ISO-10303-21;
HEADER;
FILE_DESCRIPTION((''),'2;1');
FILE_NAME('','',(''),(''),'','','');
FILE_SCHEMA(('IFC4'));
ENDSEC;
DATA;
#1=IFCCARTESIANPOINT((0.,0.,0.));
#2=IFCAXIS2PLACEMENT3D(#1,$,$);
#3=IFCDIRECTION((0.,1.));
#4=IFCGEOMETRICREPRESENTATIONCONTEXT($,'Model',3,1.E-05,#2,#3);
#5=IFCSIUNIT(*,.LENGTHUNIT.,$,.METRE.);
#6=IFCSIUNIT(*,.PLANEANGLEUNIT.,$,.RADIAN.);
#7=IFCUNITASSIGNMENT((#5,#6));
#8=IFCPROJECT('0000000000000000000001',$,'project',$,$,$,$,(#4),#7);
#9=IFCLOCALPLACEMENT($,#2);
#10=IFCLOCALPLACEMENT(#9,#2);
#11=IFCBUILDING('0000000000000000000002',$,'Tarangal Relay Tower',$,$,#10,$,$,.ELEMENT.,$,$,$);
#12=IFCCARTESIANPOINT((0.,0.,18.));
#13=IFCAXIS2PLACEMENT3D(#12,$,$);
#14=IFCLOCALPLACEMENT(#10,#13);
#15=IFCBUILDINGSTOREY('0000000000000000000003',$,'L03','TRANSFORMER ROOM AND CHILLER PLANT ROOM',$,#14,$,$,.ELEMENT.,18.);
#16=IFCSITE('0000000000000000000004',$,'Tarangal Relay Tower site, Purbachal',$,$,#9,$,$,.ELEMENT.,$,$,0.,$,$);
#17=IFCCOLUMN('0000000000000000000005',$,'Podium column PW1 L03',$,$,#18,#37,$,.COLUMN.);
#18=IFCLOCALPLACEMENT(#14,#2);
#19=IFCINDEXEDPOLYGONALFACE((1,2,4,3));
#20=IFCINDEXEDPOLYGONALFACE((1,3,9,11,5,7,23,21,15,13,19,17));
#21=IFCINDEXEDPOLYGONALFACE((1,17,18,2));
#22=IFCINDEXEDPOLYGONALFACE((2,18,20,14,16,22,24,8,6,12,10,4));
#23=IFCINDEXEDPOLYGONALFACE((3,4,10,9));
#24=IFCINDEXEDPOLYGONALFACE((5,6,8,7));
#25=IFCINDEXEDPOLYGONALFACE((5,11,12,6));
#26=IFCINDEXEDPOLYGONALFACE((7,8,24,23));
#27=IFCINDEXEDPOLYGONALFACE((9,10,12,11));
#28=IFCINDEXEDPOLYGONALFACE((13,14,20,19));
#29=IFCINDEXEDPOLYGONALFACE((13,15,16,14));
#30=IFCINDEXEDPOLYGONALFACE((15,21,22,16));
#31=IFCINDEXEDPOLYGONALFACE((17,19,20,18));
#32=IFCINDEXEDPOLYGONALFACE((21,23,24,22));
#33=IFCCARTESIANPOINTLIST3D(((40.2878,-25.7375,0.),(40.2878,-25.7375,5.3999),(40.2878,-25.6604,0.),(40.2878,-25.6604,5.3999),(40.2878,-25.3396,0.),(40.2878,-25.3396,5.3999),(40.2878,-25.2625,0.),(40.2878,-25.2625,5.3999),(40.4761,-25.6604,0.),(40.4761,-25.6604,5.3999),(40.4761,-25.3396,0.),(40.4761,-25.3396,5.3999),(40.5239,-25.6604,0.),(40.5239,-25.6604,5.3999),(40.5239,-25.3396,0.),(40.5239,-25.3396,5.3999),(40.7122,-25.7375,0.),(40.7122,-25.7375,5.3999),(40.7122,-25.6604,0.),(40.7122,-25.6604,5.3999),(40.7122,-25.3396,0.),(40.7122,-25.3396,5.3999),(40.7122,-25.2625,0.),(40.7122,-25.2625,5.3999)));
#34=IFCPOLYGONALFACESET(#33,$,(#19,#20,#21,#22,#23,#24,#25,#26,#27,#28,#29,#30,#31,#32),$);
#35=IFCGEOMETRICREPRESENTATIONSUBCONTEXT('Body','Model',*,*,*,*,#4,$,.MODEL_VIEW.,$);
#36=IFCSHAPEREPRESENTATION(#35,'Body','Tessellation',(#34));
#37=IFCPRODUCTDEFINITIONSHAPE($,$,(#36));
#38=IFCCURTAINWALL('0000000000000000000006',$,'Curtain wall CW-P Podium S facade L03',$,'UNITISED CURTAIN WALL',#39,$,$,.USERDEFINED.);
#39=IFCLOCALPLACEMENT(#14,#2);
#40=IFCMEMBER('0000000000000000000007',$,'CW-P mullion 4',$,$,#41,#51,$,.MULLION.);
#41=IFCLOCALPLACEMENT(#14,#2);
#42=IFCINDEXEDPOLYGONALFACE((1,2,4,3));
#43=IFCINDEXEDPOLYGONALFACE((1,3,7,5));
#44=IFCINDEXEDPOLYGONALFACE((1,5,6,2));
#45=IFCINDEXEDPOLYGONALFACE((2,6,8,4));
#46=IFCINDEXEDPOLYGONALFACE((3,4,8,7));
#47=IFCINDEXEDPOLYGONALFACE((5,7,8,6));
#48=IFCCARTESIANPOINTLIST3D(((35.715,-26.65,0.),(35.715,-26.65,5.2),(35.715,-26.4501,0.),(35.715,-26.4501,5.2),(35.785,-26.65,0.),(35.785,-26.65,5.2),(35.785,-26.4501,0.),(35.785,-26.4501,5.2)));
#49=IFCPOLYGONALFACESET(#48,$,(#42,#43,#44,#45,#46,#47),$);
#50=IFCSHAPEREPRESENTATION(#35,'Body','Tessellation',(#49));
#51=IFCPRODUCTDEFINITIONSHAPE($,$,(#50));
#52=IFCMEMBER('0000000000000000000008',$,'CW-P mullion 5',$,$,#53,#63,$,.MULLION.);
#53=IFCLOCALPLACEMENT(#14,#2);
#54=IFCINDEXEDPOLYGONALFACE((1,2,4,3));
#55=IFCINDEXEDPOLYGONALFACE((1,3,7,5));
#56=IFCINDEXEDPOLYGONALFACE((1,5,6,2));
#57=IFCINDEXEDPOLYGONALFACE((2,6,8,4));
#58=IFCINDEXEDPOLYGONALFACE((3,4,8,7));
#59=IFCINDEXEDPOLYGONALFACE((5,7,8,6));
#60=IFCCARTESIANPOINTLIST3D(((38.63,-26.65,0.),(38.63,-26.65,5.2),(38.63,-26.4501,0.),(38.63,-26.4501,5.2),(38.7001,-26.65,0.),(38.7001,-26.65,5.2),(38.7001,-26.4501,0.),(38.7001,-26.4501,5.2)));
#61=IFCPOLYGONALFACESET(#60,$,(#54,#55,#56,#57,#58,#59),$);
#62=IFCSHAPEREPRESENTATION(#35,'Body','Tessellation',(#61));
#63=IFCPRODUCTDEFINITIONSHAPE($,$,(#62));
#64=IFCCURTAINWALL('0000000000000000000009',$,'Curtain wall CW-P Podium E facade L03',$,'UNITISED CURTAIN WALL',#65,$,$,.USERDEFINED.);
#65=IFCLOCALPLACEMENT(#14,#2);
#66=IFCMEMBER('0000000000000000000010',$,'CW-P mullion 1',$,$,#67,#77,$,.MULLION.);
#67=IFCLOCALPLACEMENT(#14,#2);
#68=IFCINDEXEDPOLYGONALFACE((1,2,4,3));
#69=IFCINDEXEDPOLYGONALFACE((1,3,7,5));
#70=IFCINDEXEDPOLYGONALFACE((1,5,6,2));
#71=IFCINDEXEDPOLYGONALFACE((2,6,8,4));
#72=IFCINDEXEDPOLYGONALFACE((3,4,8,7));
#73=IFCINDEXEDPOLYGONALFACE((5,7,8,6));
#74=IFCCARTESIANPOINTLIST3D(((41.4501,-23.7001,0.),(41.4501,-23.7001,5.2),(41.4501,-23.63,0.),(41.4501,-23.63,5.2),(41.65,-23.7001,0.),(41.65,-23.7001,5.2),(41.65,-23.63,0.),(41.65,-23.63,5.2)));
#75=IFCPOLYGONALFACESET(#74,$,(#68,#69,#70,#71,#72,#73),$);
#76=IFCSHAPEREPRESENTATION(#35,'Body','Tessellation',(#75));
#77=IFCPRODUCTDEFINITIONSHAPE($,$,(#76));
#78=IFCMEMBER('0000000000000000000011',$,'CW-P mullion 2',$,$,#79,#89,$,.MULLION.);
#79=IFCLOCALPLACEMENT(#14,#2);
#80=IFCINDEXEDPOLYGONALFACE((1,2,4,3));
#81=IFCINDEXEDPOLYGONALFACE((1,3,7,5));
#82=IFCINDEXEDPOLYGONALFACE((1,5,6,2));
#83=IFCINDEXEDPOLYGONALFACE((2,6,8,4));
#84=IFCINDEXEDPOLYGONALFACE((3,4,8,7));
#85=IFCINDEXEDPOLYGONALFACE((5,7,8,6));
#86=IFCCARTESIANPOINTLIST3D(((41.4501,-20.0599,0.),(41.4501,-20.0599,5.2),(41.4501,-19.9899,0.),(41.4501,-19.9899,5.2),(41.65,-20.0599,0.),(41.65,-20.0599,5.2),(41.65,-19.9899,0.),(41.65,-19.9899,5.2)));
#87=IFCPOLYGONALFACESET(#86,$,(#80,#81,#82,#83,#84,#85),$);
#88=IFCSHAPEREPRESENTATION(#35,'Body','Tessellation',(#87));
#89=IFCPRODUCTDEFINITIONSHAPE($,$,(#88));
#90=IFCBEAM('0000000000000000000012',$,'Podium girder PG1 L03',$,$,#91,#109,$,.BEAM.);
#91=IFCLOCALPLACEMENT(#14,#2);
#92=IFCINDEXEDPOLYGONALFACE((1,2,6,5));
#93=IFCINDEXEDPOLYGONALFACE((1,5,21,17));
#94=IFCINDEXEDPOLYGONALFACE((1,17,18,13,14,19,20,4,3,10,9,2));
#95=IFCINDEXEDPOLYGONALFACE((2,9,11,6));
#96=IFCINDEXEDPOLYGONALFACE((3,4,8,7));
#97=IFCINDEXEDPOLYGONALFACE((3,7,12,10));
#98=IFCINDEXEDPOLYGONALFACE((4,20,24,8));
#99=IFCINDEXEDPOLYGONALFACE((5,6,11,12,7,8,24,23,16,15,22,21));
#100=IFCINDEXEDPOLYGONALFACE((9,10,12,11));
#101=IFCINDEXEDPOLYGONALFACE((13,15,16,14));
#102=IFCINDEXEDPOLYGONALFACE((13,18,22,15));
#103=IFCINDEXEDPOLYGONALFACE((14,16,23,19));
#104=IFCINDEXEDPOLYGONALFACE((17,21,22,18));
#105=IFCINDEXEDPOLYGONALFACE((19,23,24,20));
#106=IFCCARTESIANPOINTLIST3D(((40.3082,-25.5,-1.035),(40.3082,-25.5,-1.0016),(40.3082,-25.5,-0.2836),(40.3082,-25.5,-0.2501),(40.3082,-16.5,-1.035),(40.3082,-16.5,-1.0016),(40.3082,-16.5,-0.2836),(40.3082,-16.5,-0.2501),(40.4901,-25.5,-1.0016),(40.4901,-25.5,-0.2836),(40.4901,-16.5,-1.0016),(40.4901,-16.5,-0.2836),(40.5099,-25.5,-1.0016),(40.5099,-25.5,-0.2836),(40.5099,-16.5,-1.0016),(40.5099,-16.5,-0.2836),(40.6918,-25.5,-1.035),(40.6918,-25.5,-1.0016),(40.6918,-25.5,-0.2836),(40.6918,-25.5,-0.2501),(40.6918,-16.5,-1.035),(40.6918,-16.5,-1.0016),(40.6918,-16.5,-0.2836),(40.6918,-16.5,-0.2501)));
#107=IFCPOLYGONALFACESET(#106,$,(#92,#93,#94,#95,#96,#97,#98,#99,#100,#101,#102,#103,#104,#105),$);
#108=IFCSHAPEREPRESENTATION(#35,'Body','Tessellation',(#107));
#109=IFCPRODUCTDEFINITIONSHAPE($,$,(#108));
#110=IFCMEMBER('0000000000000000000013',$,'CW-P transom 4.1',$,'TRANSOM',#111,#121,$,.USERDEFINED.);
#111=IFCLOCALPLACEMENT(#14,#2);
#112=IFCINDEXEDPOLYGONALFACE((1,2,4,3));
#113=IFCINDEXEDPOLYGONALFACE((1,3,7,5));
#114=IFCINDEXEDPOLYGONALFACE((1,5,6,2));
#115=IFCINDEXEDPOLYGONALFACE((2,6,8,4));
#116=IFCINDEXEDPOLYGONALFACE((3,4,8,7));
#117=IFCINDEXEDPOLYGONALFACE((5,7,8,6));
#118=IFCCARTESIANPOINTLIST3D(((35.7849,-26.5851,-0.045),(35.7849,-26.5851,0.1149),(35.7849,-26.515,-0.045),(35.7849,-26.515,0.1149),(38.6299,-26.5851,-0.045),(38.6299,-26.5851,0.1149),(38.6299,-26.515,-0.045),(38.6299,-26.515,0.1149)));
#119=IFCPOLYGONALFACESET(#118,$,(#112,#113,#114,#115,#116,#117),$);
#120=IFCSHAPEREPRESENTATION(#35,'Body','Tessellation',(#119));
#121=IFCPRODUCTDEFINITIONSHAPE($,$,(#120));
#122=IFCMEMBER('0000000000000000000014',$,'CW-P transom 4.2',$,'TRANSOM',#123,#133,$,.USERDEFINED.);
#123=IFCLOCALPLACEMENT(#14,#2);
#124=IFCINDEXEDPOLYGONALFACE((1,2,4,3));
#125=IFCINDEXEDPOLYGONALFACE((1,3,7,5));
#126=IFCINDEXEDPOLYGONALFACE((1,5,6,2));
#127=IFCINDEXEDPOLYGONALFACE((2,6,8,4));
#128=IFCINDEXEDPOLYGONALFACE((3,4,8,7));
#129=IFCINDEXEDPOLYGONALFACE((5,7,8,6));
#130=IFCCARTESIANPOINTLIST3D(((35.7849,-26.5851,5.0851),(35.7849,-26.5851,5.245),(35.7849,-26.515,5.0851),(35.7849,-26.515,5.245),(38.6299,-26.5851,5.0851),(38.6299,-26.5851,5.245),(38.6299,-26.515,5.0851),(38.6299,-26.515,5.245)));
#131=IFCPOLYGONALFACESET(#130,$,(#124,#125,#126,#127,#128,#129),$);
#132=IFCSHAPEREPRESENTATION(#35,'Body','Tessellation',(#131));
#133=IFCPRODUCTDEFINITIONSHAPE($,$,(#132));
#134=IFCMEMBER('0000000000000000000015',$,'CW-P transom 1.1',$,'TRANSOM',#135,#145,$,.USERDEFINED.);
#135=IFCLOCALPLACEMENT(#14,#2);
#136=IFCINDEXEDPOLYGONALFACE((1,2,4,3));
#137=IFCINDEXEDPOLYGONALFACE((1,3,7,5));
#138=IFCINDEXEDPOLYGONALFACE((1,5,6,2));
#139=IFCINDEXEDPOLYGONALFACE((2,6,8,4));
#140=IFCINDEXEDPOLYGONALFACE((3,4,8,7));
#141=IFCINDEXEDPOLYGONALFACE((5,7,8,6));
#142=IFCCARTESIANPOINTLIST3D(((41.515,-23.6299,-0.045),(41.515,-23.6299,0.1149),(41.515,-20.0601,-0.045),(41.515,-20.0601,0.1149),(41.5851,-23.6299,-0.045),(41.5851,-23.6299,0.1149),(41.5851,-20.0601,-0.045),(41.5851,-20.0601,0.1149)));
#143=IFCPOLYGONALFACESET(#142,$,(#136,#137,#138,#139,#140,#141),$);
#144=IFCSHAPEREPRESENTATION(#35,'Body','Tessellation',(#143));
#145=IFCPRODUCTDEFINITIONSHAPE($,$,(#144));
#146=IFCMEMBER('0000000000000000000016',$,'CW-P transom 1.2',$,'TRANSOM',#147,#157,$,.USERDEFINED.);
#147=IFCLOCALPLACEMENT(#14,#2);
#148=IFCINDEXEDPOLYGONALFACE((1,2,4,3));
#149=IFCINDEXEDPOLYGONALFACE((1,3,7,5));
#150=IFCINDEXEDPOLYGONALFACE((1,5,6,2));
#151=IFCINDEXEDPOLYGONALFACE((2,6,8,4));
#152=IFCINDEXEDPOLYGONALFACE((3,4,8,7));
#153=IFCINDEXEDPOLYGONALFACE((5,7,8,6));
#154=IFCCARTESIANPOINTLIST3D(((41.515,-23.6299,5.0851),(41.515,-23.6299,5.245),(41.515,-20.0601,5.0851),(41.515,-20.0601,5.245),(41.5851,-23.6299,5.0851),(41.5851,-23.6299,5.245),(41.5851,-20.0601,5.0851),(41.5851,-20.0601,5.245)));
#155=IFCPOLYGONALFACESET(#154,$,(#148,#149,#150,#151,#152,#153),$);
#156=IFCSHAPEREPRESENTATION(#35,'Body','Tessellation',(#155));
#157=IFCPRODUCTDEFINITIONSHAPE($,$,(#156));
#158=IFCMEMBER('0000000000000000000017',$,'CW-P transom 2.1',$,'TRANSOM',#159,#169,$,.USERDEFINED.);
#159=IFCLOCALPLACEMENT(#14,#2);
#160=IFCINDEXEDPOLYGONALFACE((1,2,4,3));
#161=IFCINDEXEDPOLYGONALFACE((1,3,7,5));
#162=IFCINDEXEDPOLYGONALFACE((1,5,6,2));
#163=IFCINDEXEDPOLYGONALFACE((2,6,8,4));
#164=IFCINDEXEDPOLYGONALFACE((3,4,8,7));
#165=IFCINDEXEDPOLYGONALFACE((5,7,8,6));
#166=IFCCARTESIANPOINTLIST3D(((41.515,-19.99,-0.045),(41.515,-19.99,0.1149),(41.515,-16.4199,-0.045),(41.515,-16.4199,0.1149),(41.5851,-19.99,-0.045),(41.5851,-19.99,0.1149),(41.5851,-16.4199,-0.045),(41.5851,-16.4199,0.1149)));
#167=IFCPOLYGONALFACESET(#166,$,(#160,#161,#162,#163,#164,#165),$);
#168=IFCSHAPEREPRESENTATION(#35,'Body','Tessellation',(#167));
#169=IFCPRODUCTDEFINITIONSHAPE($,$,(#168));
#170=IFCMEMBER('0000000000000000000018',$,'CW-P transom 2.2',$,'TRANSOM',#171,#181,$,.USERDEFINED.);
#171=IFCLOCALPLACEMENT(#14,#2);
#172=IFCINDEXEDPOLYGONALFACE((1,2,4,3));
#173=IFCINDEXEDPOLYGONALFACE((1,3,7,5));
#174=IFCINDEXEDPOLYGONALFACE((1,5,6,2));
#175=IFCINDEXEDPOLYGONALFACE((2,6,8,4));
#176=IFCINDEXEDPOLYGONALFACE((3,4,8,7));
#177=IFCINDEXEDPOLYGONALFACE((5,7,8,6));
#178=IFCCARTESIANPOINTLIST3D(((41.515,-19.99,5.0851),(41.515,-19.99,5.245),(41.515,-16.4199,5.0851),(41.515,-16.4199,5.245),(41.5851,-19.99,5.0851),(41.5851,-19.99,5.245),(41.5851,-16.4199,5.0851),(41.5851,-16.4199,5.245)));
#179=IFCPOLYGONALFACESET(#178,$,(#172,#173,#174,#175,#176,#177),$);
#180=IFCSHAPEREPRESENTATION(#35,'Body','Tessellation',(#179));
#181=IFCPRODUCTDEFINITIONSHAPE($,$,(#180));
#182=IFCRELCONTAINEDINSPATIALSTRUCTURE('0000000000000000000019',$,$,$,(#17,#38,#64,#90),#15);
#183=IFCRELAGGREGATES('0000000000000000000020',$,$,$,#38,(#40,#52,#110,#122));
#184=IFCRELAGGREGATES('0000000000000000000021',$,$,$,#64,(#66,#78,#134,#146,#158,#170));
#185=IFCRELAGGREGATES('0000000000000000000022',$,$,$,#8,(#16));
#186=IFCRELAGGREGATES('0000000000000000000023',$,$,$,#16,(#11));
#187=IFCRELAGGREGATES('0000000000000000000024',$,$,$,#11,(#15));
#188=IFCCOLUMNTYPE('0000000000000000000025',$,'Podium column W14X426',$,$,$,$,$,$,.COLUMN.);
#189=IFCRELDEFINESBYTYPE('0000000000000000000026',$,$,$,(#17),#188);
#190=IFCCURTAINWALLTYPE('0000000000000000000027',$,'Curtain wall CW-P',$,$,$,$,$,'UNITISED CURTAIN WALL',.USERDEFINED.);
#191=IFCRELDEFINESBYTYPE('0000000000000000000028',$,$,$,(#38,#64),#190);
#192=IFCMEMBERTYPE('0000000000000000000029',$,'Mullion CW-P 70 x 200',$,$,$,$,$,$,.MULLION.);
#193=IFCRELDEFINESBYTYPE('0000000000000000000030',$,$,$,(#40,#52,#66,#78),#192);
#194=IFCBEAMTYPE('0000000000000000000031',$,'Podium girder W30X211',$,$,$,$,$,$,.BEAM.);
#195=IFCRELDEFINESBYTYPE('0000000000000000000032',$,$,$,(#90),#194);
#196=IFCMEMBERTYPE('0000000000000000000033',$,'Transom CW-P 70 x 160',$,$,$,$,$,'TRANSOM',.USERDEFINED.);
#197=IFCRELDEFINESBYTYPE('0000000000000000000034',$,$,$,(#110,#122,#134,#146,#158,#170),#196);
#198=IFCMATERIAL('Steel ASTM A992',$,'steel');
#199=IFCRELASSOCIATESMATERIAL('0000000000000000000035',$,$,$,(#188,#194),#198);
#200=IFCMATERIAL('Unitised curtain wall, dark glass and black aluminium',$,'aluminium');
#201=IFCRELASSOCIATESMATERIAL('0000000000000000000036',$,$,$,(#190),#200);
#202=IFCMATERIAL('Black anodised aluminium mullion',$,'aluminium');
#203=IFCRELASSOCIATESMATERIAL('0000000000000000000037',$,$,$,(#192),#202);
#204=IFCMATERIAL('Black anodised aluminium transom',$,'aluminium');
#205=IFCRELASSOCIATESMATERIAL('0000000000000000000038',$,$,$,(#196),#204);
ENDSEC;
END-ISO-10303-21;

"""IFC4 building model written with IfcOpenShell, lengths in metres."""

from ifc_helpers import new_model, si_unit, direction, frame, origin, origin_2d, place, context, subcontext, project, spatial, rectangle, i_section, extrude, material, material_profile, profile_set, type_object, element, aggregate, save


model = new_model("IFC4")

# Units and contexts
model_context = context("Model", 3, precision=1e-05, world=origin(), true_north=direction((0.0, 1.0)))
body_context = subcontext(model_context, "Body", "Model", "MODEL_VIEW")
ifc_project = project(units=[si_unit("LENGTHUNIT", "METRE"), si_unit("PLANEANGLEUNIT", "RADIAN")], contexts=[model_context])

# Site, building, storey
site_placement = place(None, origin())
site = spatial("IfcSite", under=ifc_project, at=site_placement, Name="Tarangal Relay Tower site, Purbachal", CompositionType="ELEMENT", RefElevation=0.0)
building_placement = place(site_placement, origin())
building = spatial("IfcBuilding", under=site, at=building_placement, Name="Tarangal Relay Tower", CompositionType="ELEMENT")
storey_placement = place(building_placement, frame((0.0, 0.0, 18.0)))
storey = spatial("IfcBuildingStorey", under=building, at=storey_placement, Name="L03", Description="TRANSFORMER ROOM AND CHILLER PLANT ROOM", CompositionType="ELEMENT", Elevation=18.0)

# Column
ifc_material_1 = material(Name="Steel ASTM A992", Category="steel")
ifc_material_profile_1 = material_profile(ifc_material_1, i_section(OverallWidth=0.4243, OverallDepth=0.4751, WebThickness=0.0479, FlangeThickness=0.0771, at=origin_2d()), Name="W14X426")
ifc_profile_set_1 = profile_set([ifc_material_profile_1], Name="Steel ASTM A992")
column_type = type_object("IfcColumnType", Name="Podium column W14X426", PredefinedType="COLUMN", material=ifc_profile_set_1)
column_placement = place(storey_placement, frame((40.5, -25.5, 0.0), z_axis=(0.0, 0.0, 1.0), x_axis=(1.0, 0.0, 0.0)))
element("IfcColumn", 1, at=column_placement, inside=storey, type_object=column_type, Name="Podium column PW1 L03", PredefinedType="COLUMN", context=body_context, shape_type="SweptSolid", body=[
    extrude(i_section(OverallWidth=0.4243, OverallDepth=0.4751, WebThickness=0.0479, FlangeThickness=0.0771, at=origin_2d()), origin(), (0.0, 0.0, 1.0), 5.3999),
])

# Curtain walls, members
ifc_material_2 = material(Name="Unitised curtain wall, dark glass and black aluminium", Category="aluminium")
curtain_wall_type = type_object("IfcCurtainWallType", Name="Curtain wall CW-P", ElementType="UNITISED CURTAIN WALL", PredefinedType="USERDEFINED", material=ifc_material_2)
curtain_wall_1_placement = place(storey_placement, origin())
curtain_wall_1 = element("IfcCurtainWall", 2, at=curtain_wall_1_placement, inside=storey, type_object=curtain_wall_type, Name="Curtain wall CW-P Podium S facade L03", ObjectType="UNITISED CURTAIN WALL", PredefinedType="USERDEFINED")
ifc_material_3 = material(Name="Black anodised aluminium mullion", Category="aluminium")
ifc_material_profile_2 = material_profile(ifc_material_3, rectangle(XDim=0.2, YDim=0.0701, at=origin_2d()), Name="CW-PM 70X200")
ifc_profile_set_2 = profile_set([ifc_material_profile_2], Name="Black anodised aluminium mullion")
member_type_1 = type_object("IfcMemberType", Name="Mullion CW-P 70 x 200", PredefinedType="MULLION", material=ifc_profile_set_2)
member_1_placement = place(storey_placement, frame((35.75, -26.55, 0.0), z_axis=(0.0, 0.0, 1.0), x_axis=(0.0, 1.0, 0.0)))
member_1 = element("IfcMember", 3, at=member_1_placement, type_object=member_type_1, Name="CW-P mullion 4", PredefinedType="MULLION", context=body_context, shape_type="SweptSolid", body=[
    extrude(rectangle(XDim=0.2, YDim=0.0701, at=origin_2d()), origin(), (0.0, 0.0, 1.0), 5.2),
])
member_2_placement = place(storey_placement, frame((38.665, -26.55, 0.0), z_axis=(0.0, 0.0, 1.0), x_axis=(0.0, 1.0, 0.0)))
member_2 = element("IfcMember", 4, at=member_2_placement, type_object=member_type_1, Name="CW-P mullion 5", PredefinedType="MULLION", context=body_context, shape_type="SweptSolid", body=[
    extrude(rectangle(XDim=0.2, YDim=0.0701, at=origin_2d()), origin(), (0.0, 0.0, 1.0), 5.2),
])
curtain_wall_2_placement = place(storey_placement, origin())
curtain_wall_2 = element("IfcCurtainWall", 5, at=curtain_wall_2_placement, inside=storey, type_object=curtain_wall_type, Name="Curtain wall CW-P Podium E facade L03", ObjectType="UNITISED CURTAIN WALL", PredefinedType="USERDEFINED")
member_3_placement = place(storey_placement, frame((41.55, -23.665, 0.0), z_axis=(0.0, 0.0, 1.0), x_axis=(-1.0, 0.0, 0.0)))
member_3 = element("IfcMember", 6, at=member_3_placement, type_object=member_type_1, Name="CW-P mullion 1", PredefinedType="MULLION", context=body_context, shape_type="SweptSolid", body=[
    extrude(rectangle(XDim=0.2, YDim=0.0701, at=origin_2d()), origin(), (0.0, 0.0, 1.0), 5.2),
])
member_4_placement = place(storey_placement, frame((41.55, -20.0249, 0.0), z_axis=(0.0, 0.0, 1.0), x_axis=(-1.0, 0.0, 0.0)))
member_4 = element("IfcMember", 7, at=member_4_placement, type_object=member_type_1, Name="CW-P mullion 2", PredefinedType="MULLION", context=body_context, shape_type="SweptSolid", body=[
    extrude(rectangle(XDim=0.2, YDim=0.0701, at=origin_2d()), origin(), (0.0, 0.0, 1.0), 5.2),
])

# Beam
ifc_material_profile_3 = material_profile(ifc_material_1, i_section(OverallWidth=0.3835, OverallDepth=0.7849, WebThickness=0.0198, FlangeThickness=0.0334, at=origin_2d()), Name="W30X211")
ifc_profile_set_3 = profile_set([ifc_material_profile_3], Name="Steel ASTM A992")
beam_type = type_object("IfcBeamType", Name="Podium girder W30X211", PredefinedType="BEAM", material=ifc_profile_set_3)
beam_placement = place(storey_placement, frame((40.5, -25.5, -0.6426), z_axis=(0.0, 1.0, 0.0), x_axis=(-1.0, 0.0, 0.0)))
element("IfcBeam", 8, at=beam_placement, inside=storey, type_object=beam_type, Name="Podium girder PG1 L03", PredefinedType="BEAM", context=body_context, shape_type="SweptSolid", body=[
    extrude(i_section(OverallWidth=0.3835, OverallDepth=0.7849, WebThickness=0.0198, FlangeThickness=0.0334, at=origin_2d()), origin(), (0.0, 0.0, 1.0), 9.0),
])

# Members
ifc_material_4 = material(Name="Black anodised aluminium transom", Category="aluminium")
ifc_material_profile_4 = material_profile(ifc_material_4, rectangle(XDim=0.0701, YDim=0.1599, at=origin_2d()), Name="CW-PT 70X160")
ifc_profile_set_4 = profile_set([ifc_material_profile_4], Name="Black anodised aluminium transom")
member_type_2 = type_object("IfcMemberType", Name="Transom CW-P 70 x 160", ElementType="TRANSOM", PredefinedType="USERDEFINED", material=ifc_profile_set_4)
member_5_placement = place(storey_placement, frame((35.7849, -26.55, 0.0349), z_axis=(1.0, 0.0, 0.0), x_axis=(0.0, 1.0, 0.0)))
member_5 = element("IfcMember", 9, at=member_5_placement, type_object=member_type_2, Name="CW-P transom 4.1", ObjectType="TRANSOM", PredefinedType="USERDEFINED", context=body_context, shape_type="SweptSolid", body=[
    extrude(rectangle(XDim=0.0701, YDim=0.1599, at=origin_2d()), origin(), (0.0, 0.0, 1.0), 2.845),
])
member_6_placement = place(storey_placement, frame((35.7849, -26.55, 5.165), z_axis=(1.0, 0.0, 0.0), x_axis=(0.0, 1.0, 0.0)))
member_6 = element("IfcMember", 10, at=member_6_placement, type_object=member_type_2, Name="CW-P transom 4.2", ObjectType="TRANSOM", PredefinedType="USERDEFINED", context=body_context, shape_type="SweptSolid", body=[
    extrude(rectangle(XDim=0.0701, YDim=0.1599, at=origin_2d()), origin(), (0.0, 0.0, 1.0), 2.845),
])
member_7_placement = place(storey_placement, frame((41.55, -23.6299, 0.0349), z_axis=(0.0, 1.0, 0.0), x_axis=(-1.0, 0.0, 0.0)))
member_7 = element("IfcMember", 11, at=member_7_placement, type_object=member_type_2, Name="CW-P transom 1.1", ObjectType="TRANSOM", PredefinedType="USERDEFINED", context=body_context, shape_type="SweptSolid", body=[
    extrude(rectangle(XDim=0.0701, YDim=0.1599, at=origin_2d()), origin(), (0.0, 0.0, 1.0), 3.5698),
])
member_8_placement = place(storey_placement, frame((41.55, -23.6299, 5.165), z_axis=(0.0, 1.0, 0.0), x_axis=(-1.0, 0.0, 0.0)))
member_8 = element("IfcMember", 12, at=member_8_placement, type_object=member_type_2, Name="CW-P transom 1.2", ObjectType="TRANSOM", PredefinedType="USERDEFINED", context=body_context, shape_type="SweptSolid", body=[
    extrude(rectangle(XDim=0.0701, YDim=0.1599, at=origin_2d()), origin(), (0.0, 0.0, 1.0), 3.5698),
])
member_9_placement = place(storey_placement, frame((41.55, -19.99, 0.0349), z_axis=(0.0, 1.0, 0.0), x_axis=(-1.0, 0.0, 0.0)))
member_9 = element("IfcMember", 13, at=member_9_placement, type_object=member_type_2, Name="CW-P transom 2.1", ObjectType="TRANSOM", PredefinedType="USERDEFINED", context=body_context, shape_type="SweptSolid", body=[
    extrude(rectangle(XDim=0.0701, YDim=0.1599, at=origin_2d()), origin(), (0.0, 0.0, 1.0), 3.5701),
])
member_10_placement = place(storey_placement, frame((41.55, -19.99, 5.165), z_axis=(0.0, 1.0, 0.0), x_axis=(-1.0, 0.0, 0.0)))
member_10 = element("IfcMember", 14, at=member_10_placement, type_object=member_type_2, Name="CW-P transom 2.2", ObjectType="TRANSOM", PredefinedType="USERDEFINED", context=body_context, shape_type="SweptSolid", body=[
    extrude(rectangle(XDim=0.0701, YDim=0.1599, at=origin_2d()), origin(), (0.0, 0.0, 1.0), 3.5701),
])

aggregate(curtain_wall_1, [member_1, member_2, member_5, member_6])
aggregate(curtain_wall_2, [member_3, member_4, member_7, member_8, member_9, member_10])

save(model, "model.ifc")
